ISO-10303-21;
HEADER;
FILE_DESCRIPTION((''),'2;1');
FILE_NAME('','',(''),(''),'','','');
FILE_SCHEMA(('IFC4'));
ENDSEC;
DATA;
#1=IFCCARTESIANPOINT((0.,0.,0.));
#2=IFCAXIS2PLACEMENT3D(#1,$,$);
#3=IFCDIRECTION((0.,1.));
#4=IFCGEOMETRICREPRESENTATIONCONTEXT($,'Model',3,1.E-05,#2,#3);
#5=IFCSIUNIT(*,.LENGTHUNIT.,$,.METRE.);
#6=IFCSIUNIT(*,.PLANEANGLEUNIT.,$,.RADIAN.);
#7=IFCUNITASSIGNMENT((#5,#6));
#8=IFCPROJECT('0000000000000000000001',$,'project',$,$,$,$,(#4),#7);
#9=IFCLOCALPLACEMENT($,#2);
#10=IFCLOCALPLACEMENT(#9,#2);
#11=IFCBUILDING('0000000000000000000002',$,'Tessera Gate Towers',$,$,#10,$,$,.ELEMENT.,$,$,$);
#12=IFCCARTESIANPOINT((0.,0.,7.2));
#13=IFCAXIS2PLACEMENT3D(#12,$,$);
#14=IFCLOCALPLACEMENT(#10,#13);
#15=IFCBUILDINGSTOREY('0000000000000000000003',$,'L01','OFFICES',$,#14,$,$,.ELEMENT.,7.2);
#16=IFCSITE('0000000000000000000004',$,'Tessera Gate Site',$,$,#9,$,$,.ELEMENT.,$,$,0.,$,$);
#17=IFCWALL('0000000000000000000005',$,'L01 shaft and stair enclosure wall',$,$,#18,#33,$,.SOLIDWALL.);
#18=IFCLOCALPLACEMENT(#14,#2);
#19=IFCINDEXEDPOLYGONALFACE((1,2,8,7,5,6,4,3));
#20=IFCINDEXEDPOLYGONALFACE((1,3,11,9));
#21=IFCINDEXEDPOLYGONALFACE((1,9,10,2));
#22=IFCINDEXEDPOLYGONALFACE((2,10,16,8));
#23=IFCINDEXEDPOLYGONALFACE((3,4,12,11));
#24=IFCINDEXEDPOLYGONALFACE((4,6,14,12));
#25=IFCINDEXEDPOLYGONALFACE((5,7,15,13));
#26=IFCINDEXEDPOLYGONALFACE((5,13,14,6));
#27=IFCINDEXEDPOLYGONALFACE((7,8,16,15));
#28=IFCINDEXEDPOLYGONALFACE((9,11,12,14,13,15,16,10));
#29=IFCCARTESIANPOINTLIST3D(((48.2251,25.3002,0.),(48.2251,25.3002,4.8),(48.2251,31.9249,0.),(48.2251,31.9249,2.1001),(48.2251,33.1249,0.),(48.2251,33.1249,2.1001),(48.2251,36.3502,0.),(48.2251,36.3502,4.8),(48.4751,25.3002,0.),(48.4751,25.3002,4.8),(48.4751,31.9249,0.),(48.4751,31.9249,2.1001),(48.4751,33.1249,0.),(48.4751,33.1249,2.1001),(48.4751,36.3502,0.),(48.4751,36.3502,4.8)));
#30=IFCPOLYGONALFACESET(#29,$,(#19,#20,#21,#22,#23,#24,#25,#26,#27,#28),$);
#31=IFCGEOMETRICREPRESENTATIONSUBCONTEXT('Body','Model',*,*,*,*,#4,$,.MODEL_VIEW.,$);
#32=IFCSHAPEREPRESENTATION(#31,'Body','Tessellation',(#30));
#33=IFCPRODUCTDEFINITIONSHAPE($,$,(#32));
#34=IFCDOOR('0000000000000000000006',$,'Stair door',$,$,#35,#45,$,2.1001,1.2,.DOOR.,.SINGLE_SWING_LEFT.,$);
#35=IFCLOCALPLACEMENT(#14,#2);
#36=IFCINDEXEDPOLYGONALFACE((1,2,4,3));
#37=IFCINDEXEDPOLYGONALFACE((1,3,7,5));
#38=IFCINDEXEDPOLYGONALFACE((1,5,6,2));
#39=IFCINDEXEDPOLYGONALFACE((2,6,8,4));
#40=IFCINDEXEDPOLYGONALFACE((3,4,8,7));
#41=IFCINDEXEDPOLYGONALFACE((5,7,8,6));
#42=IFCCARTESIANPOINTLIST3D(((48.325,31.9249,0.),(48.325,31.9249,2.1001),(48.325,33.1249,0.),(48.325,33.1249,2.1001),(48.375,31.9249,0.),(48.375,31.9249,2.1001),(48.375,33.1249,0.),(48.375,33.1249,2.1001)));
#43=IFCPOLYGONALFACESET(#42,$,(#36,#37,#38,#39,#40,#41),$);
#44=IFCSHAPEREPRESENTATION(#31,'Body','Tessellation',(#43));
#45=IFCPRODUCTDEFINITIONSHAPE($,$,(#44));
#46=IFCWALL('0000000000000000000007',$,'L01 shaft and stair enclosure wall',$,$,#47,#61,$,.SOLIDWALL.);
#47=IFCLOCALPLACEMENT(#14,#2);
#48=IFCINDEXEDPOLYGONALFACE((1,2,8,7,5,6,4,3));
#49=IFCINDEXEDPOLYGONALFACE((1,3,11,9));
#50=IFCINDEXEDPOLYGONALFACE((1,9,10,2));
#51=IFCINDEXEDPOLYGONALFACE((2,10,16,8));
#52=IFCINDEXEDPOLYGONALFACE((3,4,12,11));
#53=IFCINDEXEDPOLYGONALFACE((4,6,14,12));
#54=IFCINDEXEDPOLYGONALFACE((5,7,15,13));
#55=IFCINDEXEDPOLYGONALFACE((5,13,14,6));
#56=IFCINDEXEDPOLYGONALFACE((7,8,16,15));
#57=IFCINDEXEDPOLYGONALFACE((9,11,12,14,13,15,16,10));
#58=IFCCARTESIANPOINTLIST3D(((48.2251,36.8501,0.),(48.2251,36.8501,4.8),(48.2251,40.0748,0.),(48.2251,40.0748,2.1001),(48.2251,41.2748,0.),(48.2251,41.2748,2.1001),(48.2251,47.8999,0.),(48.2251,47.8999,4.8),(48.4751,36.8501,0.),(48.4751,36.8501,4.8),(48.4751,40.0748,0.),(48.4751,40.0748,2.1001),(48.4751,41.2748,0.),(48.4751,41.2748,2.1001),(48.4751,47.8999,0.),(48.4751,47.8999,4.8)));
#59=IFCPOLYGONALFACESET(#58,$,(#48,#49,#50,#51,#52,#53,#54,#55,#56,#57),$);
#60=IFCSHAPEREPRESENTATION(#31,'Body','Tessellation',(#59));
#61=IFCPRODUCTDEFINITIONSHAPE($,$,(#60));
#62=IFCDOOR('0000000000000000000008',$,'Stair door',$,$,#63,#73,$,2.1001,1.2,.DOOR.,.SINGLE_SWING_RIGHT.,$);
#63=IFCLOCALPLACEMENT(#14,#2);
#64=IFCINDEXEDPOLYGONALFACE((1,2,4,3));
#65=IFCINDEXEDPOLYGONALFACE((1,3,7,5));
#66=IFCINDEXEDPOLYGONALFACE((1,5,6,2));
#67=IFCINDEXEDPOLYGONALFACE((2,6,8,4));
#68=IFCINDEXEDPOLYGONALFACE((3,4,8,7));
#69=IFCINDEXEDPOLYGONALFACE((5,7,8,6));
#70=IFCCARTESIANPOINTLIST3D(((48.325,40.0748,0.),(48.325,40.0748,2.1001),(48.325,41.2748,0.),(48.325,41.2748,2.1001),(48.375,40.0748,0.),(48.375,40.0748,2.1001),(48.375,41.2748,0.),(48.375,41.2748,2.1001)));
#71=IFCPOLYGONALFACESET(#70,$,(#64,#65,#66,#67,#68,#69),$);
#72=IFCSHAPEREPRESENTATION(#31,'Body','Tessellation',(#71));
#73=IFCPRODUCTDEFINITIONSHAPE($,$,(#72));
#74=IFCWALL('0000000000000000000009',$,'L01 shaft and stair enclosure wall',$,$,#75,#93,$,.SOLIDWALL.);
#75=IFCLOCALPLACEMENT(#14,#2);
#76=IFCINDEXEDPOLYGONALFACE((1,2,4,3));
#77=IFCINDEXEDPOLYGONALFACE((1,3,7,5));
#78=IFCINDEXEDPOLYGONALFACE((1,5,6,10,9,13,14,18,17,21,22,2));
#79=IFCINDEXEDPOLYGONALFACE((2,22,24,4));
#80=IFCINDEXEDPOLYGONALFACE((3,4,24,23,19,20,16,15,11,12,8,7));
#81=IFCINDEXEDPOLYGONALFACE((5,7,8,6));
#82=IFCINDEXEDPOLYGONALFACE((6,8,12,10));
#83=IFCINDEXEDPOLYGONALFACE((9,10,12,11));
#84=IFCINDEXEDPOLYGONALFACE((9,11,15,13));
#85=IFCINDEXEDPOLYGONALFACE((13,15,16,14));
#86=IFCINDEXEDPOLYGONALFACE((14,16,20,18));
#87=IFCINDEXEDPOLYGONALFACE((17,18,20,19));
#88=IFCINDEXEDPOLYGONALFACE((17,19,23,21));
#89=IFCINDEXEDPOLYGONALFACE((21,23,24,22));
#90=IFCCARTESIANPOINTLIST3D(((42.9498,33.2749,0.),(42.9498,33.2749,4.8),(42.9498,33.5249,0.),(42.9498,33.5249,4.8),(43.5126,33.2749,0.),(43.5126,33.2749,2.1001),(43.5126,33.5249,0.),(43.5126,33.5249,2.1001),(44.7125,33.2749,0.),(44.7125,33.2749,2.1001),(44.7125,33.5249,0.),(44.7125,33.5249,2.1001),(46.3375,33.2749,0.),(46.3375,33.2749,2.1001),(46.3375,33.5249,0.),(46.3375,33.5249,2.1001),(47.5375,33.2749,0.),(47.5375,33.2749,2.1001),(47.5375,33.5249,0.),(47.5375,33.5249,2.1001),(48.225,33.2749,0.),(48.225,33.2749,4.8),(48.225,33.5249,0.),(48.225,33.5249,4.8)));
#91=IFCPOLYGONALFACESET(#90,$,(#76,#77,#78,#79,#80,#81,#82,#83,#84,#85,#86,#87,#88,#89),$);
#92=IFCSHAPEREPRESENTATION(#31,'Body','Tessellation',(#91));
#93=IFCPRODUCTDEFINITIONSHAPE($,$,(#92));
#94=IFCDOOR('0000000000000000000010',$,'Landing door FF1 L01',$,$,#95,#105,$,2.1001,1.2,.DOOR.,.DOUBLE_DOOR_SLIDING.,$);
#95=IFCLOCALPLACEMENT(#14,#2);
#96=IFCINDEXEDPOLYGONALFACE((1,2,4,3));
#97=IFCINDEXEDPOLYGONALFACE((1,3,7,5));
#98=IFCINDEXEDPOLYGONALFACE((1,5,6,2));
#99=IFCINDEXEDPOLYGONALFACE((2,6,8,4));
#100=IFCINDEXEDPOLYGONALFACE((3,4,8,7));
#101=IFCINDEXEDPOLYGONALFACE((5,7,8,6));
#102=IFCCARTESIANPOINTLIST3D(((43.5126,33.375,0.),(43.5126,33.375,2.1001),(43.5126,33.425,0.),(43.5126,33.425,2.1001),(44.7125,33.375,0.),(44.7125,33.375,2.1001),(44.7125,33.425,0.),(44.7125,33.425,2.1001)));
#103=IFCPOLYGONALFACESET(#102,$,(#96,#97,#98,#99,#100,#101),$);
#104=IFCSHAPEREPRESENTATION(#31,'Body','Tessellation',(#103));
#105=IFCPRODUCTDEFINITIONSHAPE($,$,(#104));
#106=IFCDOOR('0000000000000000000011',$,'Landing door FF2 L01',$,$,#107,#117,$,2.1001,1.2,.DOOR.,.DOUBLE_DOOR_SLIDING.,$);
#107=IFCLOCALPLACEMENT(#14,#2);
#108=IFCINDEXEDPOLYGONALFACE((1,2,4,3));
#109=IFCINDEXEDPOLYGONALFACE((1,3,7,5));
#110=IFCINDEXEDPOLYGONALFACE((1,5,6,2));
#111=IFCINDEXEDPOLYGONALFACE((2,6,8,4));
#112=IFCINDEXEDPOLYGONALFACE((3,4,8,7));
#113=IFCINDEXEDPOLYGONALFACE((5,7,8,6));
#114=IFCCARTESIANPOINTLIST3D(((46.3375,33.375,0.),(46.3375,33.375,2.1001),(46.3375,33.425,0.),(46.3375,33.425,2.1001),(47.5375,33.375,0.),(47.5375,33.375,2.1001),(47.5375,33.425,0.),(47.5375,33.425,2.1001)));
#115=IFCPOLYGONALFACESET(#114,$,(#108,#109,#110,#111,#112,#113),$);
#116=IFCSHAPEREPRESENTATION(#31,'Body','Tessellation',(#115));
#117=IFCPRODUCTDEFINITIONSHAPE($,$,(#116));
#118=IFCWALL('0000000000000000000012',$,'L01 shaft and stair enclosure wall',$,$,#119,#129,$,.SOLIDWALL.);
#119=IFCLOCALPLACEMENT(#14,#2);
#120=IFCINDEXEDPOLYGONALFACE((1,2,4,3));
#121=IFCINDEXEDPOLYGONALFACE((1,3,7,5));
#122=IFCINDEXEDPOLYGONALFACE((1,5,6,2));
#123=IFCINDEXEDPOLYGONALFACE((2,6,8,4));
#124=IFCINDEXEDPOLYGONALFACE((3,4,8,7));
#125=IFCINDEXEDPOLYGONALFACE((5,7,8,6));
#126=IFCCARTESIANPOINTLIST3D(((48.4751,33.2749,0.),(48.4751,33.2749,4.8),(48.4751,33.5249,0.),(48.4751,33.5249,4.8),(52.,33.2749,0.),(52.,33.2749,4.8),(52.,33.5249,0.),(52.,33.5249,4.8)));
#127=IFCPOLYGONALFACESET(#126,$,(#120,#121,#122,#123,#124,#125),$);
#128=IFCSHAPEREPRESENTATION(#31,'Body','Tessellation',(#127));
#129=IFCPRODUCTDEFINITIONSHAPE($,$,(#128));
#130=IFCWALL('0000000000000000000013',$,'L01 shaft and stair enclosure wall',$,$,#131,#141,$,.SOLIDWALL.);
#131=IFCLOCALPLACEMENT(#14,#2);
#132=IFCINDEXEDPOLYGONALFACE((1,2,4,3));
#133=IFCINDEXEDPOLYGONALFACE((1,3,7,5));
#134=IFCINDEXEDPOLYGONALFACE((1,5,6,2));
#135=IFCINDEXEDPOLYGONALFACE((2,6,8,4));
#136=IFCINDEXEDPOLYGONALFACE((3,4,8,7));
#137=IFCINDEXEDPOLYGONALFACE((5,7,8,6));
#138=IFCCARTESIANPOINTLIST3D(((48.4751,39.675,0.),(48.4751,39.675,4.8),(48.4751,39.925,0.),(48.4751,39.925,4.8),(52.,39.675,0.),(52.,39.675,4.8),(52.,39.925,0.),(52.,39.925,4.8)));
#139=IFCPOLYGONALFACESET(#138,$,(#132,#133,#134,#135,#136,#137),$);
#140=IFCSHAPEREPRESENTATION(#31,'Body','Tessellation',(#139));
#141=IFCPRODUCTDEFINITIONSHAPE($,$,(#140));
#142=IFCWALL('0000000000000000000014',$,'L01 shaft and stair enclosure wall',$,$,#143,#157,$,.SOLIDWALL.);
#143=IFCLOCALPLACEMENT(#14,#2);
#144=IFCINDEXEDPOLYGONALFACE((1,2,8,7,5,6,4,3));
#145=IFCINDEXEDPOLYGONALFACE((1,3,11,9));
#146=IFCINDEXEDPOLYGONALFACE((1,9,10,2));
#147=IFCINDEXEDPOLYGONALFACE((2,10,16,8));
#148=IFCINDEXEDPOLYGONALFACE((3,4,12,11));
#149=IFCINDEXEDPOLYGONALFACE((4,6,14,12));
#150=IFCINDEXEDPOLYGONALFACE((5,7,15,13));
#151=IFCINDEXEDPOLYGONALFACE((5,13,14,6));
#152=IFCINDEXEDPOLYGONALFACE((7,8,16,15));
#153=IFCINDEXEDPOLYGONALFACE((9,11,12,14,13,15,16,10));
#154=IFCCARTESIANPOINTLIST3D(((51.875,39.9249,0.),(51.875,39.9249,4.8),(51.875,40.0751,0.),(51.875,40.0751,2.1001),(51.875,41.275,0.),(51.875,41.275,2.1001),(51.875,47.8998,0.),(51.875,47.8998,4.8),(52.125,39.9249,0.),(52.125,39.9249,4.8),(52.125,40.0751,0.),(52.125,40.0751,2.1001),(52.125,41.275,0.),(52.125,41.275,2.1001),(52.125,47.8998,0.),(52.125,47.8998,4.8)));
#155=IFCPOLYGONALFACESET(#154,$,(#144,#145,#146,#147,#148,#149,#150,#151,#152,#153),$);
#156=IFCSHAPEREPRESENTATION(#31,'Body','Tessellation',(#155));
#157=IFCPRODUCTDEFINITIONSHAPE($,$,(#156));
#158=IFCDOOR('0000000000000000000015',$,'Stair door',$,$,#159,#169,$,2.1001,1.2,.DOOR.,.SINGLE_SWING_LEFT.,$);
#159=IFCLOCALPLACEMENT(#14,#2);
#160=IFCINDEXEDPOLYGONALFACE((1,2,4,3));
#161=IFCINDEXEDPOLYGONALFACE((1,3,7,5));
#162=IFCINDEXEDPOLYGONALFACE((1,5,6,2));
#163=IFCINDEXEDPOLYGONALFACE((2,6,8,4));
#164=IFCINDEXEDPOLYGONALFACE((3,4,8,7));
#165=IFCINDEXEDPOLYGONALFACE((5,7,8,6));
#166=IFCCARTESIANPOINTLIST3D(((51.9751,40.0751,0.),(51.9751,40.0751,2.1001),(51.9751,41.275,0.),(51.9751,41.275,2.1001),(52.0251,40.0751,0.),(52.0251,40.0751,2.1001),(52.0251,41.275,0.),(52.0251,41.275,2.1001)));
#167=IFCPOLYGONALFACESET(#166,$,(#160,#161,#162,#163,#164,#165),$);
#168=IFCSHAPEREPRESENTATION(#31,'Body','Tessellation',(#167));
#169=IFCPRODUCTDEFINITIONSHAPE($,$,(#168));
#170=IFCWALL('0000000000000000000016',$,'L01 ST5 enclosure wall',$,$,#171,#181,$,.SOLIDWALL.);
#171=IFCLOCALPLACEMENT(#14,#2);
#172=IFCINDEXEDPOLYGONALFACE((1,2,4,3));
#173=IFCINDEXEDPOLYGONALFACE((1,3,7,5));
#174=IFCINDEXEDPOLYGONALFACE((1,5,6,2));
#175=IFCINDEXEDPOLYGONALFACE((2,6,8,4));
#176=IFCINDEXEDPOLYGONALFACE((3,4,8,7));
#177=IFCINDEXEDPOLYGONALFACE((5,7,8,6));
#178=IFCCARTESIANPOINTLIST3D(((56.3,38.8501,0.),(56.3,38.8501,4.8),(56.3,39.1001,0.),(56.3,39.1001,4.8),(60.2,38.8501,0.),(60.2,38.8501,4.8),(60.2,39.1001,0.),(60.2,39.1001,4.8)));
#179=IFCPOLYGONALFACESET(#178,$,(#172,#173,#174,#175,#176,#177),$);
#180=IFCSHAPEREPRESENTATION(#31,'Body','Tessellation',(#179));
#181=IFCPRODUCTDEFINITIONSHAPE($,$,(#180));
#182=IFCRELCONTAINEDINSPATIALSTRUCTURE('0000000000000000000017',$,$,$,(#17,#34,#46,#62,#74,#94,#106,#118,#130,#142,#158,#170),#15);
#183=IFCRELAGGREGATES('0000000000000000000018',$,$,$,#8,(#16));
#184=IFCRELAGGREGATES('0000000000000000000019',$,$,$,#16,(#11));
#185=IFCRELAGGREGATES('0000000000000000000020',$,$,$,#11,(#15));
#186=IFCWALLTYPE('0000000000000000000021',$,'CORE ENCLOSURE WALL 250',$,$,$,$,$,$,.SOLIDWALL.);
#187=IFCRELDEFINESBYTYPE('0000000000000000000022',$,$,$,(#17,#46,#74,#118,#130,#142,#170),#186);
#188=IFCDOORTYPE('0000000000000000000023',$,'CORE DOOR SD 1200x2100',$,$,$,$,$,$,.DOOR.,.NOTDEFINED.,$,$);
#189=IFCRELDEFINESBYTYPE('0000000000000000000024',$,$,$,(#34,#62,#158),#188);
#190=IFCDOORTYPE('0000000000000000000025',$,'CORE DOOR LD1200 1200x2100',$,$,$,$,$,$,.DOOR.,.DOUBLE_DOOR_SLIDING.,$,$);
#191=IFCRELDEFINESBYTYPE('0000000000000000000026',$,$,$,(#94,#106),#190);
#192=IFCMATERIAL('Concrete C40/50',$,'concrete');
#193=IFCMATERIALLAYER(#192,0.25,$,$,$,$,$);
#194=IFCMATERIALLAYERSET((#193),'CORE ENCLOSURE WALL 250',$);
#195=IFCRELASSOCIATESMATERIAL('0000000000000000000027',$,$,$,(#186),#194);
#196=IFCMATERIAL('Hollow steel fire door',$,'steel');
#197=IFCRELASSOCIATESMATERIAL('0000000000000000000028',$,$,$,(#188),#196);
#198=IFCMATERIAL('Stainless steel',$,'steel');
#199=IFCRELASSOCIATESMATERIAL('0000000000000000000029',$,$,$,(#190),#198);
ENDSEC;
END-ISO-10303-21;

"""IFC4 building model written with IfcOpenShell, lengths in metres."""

from ifc_helpers import new_model, si_unit, direction, frame, frame_2d, origin, place, context, subcontext, project, spatial, rectangle, extrude, source, transform, mapped, material, layer, layer_set, type_object, element, fill, save


model = new_model("IFC4")

# Units and contexts
model_context = context("Model", 3, precision=1e-05, world=origin(), true_north=direction((0.0, 1.0)))
body_context = subcontext(model_context, "Body", "Model", "MODEL_VIEW")
ifc_project = project(units=[si_unit("LENGTHUNIT", "METRE"), si_unit("PLANEANGLEUNIT", "RADIAN")], contexts=[model_context])

# Site, building, storey
site_placement = place(None, origin())
site = spatial("IfcSite", under=ifc_project, at=site_placement, Name="Tessera Gate Site", CompositionType="ELEMENT", RefElevation=0.0)
building_placement = place(site_placement, origin())
building = spatial("IfcBuilding", under=site, at=building_placement, Name="Tessera Gate Towers", CompositionType="ELEMENT")
storey_placement = place(building_placement, frame((0.0, 0.0, 7.2)))
storey = spatial("IfcBuildingStorey", under=building, at=storey_placement, Name="L01", Description="OFFICES", CompositionType="ELEMENT", Elevation=7.2)

# Walls, openings, doors
ifc_material_1 = material(Name="Concrete C40/50", Category="concrete")
ifc_layer_1 = layer(ifc_material_1, 0.25)
ifc_layer_set_1 = layer_set([ifc_layer_1], Name="CORE ENCLOSURE WALL 250")
wall_type_1 = type_object("IfcWallType", Name="CORE ENCLOSURE WALL 250", PredefinedType="SOLIDWALL", material=ifc_layer_set_1)
wall_1_placement = place(storey_placement, frame((48.3501, 36.3501, 0.0), z_axis=(0.0, 0.0, 1.0), x_axis=(0.0, -1.0, 0.0)))
wall_1 = element("IfcWall", 1, at=wall_1_placement, inside=storey, type_object=wall_type_1, Name="L01 shaft and stair enclosure wall", PredefinedType="SOLIDWALL", context=body_context, shape_type="SweptSolid", body=[
    extrude(rectangle(XDim=11.05, YDim=0.25, at=frame_2d((5.5249, 0.0))), origin(), (0.0, 0.0, 1.0), 4.8),
])
shared_shape_1 = source(origin(), body_context, "Body", "SweptSolid", [
    extrude(rectangle(XDim=1.2, YDim=2.1001, at=frame_2d((0.6001, 1.05))), frame((0.0, 0.135, 0.0), z_axis=(0.0, -1.0, 0.0), x_axis=(1.0, 0.0, 0.0)), (0.0, 0.0, 1.0), 0.27),
])
opening_1_placement = place(wall_1_placement, frame((3.2251, 0.0, 0.0)))
opening_1 = element("IfcOpeningElement", 2, at=opening_1_placement, cuts=wall_1, PredefinedType="OPENING", context=body_context, shape_type="MappedRepresentation", body=[
    mapped(shared_shape_1, transform((0.0, 0.0, 0.0), scale=1.0)),
])
ifc_material_2 = material(Name="Hollow steel fire door", Category="steel")
door_type_1 = type_object("IfcDoorType", Name="CORE DOOR SD 1200x2100", OperationType="NOTDEFINED", PredefinedType="DOOR", material=ifc_material_2)
shared_shape_2 = source(origin(), body_context, "Body", "SweptSolid", [
    extrude(rectangle(XDim=1.2, YDim=2.1001, at=frame_2d((0.6001, 1.05))), frame((0.0, 0.0249, 0.0), z_axis=(0.0, -1.0, 0.0), x_axis=(1.0, 0.0, 0.0)), (0.0, 0.0, 1.0), 0.05),
])
door_1_placement = place(opening_1_placement, origin())
door_1 = element("IfcDoor", 3, at=door_1_placement, inside=storey, type_object=door_type_1, Name="Stair door", OperationType="SINGLE_SWING_LEFT", OverallHeight=2.1001, OverallWidth=1.2, PredefinedType="DOOR", context=body_context, shape_type="MappedRepresentation", body=[
    mapped(shared_shape_2, transform((0.0, 0.0, 0.0), scale=1.0)),
])
fill(opening_1, door_1)
wall_2_placement = place(storey_placement, frame((48.3501, 47.8999, 0.0), z_axis=(0.0, 0.0, 1.0), x_axis=(0.0, -1.0, 0.0)))
wall_2 = element("IfcWall", 4, at=wall_2_placement, inside=storey, type_object=wall_type_1, Name="L01 shaft and stair enclosure wall", PredefinedType="SOLIDWALL", context=body_context, shape_type="SweptSolid", body=[
    extrude(rectangle(XDim=11.0498, YDim=0.25, at=frame_2d((5.5249, 0.0))), origin(), (0.0, 0.0, 1.0), 4.8),
])
opening_2_placement = place(wall_2_placement, frame((6.625, 0.0, 0.0)))
opening_2 = element("IfcOpeningElement", 5, at=opening_2_placement, cuts=wall_2, PredefinedType="OPENING", context=body_context, shape_type="MappedRepresentation", body=[
    mapped(shared_shape_1, transform((0.0, 0.0, 0.0), scale=1.0)),
])
door_2_placement = place(opening_2_placement, origin())
door_2 = element("IfcDoor", 6, at=door_2_placement, inside=storey, type_object=door_type_1, Name="Stair door", OperationType="SINGLE_SWING_RIGHT", OverallHeight=2.1001, OverallWidth=1.2, PredefinedType="DOOR", context=body_context, shape_type="MappedRepresentation", body=[
    mapped(shared_shape_2, transform((0.0, 0.0, 0.0), scale=1.0)),
])
fill(opening_2, door_2)

# Wall, openings, doors
wall_3_placement = place(storey_placement, frame((48.2251, 33.3999, 0.0), z_axis=(0.0, 0.0, 1.0), x_axis=(-1.0, 0.0, 0.0)))
wall_3 = element("IfcWall", 7, at=wall_3_placement, inside=storey, type_object=wall_type_1, Name="L01 shaft and stair enclosure wall", PredefinedType="SOLIDWALL", context=body_context, shape_type="SweptSolid", body=[
    extrude(rectangle(XDim=5.2751, YDim=0.25, at=frame_2d((2.6377, 0.0))), origin(), (0.0, 0.0, 1.0), 4.8),
])
opening_3_placement = place(wall_3_placement, frame((3.5125, 0.0, 0.0)))
opening_3 = element("IfcOpeningElement", 8, at=opening_3_placement, cuts=wall_3, PredefinedType="OPENING", context=body_context, shape_type="MappedRepresentation", body=[
    mapped(shared_shape_1, transform((0.0, 0.0, 0.0), scale=1.0)),
])
opening_4_placement = place(wall_3_placement, frame((0.6875, 0.0, 0.0)))
opening_4 = element("IfcOpeningElement", 9, at=opening_4_placement, cuts=wall_3, PredefinedType="OPENING", context=body_context, shape_type="MappedRepresentation", body=[
    mapped(shared_shape_1, transform((0.0, 0.0, 0.0), scale=1.0)),
])
ifc_material_3 = material(Name="Stainless steel", Category="steel")
door_type_2 = type_object("IfcDoorType", Name="CORE DOOR LD1200 1200x2100", OperationType="DOUBLE_DOOR_SLIDING", PredefinedType="DOOR", material=ifc_material_3)
door_3_placement = place(opening_3_placement, origin())
door_3 = element("IfcDoor", 10, at=door_3_placement, inside=storey, type_object=door_type_2, Name="Landing door FF1 L01", OperationType="DOUBLE_DOOR_SLIDING", OverallHeight=2.1001, OverallWidth=1.2, PredefinedType="DOOR", context=body_context, shape_type="MappedRepresentation", body=[
    mapped(shared_shape_2, transform((0.0, 0.0, 0.0), scale=1.0)),
])
fill(opening_3, door_3)
door_4_placement = place(opening_4_placement, origin())
door_4 = element("IfcDoor", 11, at=door_4_placement, inside=storey, type_object=door_type_2, Name="Landing door FF2 L01", OperationType="DOUBLE_DOOR_SLIDING", OverallHeight=2.1001, OverallWidth=1.2, PredefinedType="DOOR", context=body_context, shape_type="MappedRepresentation", body=[
    mapped(shared_shape_2, transform((0.0, 0.0, 0.0), scale=1.0)),
])
fill(opening_4, door_4)

# Walls
for number, where, z_axis, x_axis, name in (
    (12, (48.4751, 33.3999, 0.0), (0.0, 0.0, 1.0), (1.0, 0.0, 0.0), "L01 shaft and stair enclosure wall"),
    (13, (48.4751, 39.8, 0.0), (0.0, 0.0, 1.0), (1.0, 0.0, 0.0), "L01 shaft and stair enclosure wall"),
):
    element("IfcWall", number, at=place(storey_placement, frame(where, z_axis=z_axis, x_axis=x_axis)), inside=storey, type_object=wall_type_1, Name=name, PredefinedType="SOLIDWALL", context=body_context, shape_type="SweptSolid", body=[
        extrude(rectangle(XDim=3.5249, YDim=0.25, at=frame_2d((1.7625, 0.0))), origin(), (0.0, 0.0, 1.0), 4.8),
    ])

# Wall, opening, door
wall_4_placement = place(storey_placement, frame((52.0, 39.925, 0.0), z_axis=(0.0, 0.0, 1.0), x_axis=(0.0, 1.0, 0.0)))
wall_4 = element("IfcWall", 14, at=wall_4_placement, inside=storey, type_object=wall_type_1, Name="L01 shaft and stair enclosure wall", PredefinedType="SOLIDWALL", context=body_context, shape_type="SweptSolid", body=[
    extrude(rectangle(XDim=7.9749, YDim=0.25, at=frame_2d((3.9873, 0.0))), origin(), (0.0, 0.0, 1.0), 4.8),
])
opening_5_placement = place(wall_4_placement, frame((0.1499, 0.0, 0.0)))
opening_5 = element("IfcOpeningElement", 15, at=opening_5_placement, cuts=wall_4, PredefinedType="OPENING", context=body_context, shape_type="MappedRepresentation", body=[
    mapped(shared_shape_1, transform((0.0, 0.0, 0.0), scale=1.0)),
])
door_5_placement = place(opening_5_placement, origin())
door_5 = element("IfcDoor", 16, at=door_5_placement, inside=storey, type_object=door_type_1, Name="Stair door", OperationType="SINGLE_SWING_LEFT", OverallHeight=2.1001, OverallWidth=1.2, PredefinedType="DOOR", context=body_context, shape_type="MappedRepresentation", body=[
    mapped(shared_shape_2, transform((0.0, 0.0, 0.0), scale=1.0)),
])
fill(opening_5, door_5)

# Wall
wall_5_placement = place(storey_placement, frame((56.3, 38.9751, 0.0), z_axis=(0.0, 0.0, 1.0), x_axis=(1.0, 0.0, 0.0)))
element("IfcWall", 17, at=wall_5_placement, inside=storey, type_object=wall_type_1, Name="L01 ST5 enclosure wall", PredefinedType="SOLIDWALL", context=body_context, shape_type="SweptSolid", body=[
    extrude(rectangle(XDim=3.8999, YDim=0.25, at=frame_2d((1.95, 0.0))), origin(), (0.0, 0.0, 1.0), 4.8),
])

save(model, "model.ifc")
